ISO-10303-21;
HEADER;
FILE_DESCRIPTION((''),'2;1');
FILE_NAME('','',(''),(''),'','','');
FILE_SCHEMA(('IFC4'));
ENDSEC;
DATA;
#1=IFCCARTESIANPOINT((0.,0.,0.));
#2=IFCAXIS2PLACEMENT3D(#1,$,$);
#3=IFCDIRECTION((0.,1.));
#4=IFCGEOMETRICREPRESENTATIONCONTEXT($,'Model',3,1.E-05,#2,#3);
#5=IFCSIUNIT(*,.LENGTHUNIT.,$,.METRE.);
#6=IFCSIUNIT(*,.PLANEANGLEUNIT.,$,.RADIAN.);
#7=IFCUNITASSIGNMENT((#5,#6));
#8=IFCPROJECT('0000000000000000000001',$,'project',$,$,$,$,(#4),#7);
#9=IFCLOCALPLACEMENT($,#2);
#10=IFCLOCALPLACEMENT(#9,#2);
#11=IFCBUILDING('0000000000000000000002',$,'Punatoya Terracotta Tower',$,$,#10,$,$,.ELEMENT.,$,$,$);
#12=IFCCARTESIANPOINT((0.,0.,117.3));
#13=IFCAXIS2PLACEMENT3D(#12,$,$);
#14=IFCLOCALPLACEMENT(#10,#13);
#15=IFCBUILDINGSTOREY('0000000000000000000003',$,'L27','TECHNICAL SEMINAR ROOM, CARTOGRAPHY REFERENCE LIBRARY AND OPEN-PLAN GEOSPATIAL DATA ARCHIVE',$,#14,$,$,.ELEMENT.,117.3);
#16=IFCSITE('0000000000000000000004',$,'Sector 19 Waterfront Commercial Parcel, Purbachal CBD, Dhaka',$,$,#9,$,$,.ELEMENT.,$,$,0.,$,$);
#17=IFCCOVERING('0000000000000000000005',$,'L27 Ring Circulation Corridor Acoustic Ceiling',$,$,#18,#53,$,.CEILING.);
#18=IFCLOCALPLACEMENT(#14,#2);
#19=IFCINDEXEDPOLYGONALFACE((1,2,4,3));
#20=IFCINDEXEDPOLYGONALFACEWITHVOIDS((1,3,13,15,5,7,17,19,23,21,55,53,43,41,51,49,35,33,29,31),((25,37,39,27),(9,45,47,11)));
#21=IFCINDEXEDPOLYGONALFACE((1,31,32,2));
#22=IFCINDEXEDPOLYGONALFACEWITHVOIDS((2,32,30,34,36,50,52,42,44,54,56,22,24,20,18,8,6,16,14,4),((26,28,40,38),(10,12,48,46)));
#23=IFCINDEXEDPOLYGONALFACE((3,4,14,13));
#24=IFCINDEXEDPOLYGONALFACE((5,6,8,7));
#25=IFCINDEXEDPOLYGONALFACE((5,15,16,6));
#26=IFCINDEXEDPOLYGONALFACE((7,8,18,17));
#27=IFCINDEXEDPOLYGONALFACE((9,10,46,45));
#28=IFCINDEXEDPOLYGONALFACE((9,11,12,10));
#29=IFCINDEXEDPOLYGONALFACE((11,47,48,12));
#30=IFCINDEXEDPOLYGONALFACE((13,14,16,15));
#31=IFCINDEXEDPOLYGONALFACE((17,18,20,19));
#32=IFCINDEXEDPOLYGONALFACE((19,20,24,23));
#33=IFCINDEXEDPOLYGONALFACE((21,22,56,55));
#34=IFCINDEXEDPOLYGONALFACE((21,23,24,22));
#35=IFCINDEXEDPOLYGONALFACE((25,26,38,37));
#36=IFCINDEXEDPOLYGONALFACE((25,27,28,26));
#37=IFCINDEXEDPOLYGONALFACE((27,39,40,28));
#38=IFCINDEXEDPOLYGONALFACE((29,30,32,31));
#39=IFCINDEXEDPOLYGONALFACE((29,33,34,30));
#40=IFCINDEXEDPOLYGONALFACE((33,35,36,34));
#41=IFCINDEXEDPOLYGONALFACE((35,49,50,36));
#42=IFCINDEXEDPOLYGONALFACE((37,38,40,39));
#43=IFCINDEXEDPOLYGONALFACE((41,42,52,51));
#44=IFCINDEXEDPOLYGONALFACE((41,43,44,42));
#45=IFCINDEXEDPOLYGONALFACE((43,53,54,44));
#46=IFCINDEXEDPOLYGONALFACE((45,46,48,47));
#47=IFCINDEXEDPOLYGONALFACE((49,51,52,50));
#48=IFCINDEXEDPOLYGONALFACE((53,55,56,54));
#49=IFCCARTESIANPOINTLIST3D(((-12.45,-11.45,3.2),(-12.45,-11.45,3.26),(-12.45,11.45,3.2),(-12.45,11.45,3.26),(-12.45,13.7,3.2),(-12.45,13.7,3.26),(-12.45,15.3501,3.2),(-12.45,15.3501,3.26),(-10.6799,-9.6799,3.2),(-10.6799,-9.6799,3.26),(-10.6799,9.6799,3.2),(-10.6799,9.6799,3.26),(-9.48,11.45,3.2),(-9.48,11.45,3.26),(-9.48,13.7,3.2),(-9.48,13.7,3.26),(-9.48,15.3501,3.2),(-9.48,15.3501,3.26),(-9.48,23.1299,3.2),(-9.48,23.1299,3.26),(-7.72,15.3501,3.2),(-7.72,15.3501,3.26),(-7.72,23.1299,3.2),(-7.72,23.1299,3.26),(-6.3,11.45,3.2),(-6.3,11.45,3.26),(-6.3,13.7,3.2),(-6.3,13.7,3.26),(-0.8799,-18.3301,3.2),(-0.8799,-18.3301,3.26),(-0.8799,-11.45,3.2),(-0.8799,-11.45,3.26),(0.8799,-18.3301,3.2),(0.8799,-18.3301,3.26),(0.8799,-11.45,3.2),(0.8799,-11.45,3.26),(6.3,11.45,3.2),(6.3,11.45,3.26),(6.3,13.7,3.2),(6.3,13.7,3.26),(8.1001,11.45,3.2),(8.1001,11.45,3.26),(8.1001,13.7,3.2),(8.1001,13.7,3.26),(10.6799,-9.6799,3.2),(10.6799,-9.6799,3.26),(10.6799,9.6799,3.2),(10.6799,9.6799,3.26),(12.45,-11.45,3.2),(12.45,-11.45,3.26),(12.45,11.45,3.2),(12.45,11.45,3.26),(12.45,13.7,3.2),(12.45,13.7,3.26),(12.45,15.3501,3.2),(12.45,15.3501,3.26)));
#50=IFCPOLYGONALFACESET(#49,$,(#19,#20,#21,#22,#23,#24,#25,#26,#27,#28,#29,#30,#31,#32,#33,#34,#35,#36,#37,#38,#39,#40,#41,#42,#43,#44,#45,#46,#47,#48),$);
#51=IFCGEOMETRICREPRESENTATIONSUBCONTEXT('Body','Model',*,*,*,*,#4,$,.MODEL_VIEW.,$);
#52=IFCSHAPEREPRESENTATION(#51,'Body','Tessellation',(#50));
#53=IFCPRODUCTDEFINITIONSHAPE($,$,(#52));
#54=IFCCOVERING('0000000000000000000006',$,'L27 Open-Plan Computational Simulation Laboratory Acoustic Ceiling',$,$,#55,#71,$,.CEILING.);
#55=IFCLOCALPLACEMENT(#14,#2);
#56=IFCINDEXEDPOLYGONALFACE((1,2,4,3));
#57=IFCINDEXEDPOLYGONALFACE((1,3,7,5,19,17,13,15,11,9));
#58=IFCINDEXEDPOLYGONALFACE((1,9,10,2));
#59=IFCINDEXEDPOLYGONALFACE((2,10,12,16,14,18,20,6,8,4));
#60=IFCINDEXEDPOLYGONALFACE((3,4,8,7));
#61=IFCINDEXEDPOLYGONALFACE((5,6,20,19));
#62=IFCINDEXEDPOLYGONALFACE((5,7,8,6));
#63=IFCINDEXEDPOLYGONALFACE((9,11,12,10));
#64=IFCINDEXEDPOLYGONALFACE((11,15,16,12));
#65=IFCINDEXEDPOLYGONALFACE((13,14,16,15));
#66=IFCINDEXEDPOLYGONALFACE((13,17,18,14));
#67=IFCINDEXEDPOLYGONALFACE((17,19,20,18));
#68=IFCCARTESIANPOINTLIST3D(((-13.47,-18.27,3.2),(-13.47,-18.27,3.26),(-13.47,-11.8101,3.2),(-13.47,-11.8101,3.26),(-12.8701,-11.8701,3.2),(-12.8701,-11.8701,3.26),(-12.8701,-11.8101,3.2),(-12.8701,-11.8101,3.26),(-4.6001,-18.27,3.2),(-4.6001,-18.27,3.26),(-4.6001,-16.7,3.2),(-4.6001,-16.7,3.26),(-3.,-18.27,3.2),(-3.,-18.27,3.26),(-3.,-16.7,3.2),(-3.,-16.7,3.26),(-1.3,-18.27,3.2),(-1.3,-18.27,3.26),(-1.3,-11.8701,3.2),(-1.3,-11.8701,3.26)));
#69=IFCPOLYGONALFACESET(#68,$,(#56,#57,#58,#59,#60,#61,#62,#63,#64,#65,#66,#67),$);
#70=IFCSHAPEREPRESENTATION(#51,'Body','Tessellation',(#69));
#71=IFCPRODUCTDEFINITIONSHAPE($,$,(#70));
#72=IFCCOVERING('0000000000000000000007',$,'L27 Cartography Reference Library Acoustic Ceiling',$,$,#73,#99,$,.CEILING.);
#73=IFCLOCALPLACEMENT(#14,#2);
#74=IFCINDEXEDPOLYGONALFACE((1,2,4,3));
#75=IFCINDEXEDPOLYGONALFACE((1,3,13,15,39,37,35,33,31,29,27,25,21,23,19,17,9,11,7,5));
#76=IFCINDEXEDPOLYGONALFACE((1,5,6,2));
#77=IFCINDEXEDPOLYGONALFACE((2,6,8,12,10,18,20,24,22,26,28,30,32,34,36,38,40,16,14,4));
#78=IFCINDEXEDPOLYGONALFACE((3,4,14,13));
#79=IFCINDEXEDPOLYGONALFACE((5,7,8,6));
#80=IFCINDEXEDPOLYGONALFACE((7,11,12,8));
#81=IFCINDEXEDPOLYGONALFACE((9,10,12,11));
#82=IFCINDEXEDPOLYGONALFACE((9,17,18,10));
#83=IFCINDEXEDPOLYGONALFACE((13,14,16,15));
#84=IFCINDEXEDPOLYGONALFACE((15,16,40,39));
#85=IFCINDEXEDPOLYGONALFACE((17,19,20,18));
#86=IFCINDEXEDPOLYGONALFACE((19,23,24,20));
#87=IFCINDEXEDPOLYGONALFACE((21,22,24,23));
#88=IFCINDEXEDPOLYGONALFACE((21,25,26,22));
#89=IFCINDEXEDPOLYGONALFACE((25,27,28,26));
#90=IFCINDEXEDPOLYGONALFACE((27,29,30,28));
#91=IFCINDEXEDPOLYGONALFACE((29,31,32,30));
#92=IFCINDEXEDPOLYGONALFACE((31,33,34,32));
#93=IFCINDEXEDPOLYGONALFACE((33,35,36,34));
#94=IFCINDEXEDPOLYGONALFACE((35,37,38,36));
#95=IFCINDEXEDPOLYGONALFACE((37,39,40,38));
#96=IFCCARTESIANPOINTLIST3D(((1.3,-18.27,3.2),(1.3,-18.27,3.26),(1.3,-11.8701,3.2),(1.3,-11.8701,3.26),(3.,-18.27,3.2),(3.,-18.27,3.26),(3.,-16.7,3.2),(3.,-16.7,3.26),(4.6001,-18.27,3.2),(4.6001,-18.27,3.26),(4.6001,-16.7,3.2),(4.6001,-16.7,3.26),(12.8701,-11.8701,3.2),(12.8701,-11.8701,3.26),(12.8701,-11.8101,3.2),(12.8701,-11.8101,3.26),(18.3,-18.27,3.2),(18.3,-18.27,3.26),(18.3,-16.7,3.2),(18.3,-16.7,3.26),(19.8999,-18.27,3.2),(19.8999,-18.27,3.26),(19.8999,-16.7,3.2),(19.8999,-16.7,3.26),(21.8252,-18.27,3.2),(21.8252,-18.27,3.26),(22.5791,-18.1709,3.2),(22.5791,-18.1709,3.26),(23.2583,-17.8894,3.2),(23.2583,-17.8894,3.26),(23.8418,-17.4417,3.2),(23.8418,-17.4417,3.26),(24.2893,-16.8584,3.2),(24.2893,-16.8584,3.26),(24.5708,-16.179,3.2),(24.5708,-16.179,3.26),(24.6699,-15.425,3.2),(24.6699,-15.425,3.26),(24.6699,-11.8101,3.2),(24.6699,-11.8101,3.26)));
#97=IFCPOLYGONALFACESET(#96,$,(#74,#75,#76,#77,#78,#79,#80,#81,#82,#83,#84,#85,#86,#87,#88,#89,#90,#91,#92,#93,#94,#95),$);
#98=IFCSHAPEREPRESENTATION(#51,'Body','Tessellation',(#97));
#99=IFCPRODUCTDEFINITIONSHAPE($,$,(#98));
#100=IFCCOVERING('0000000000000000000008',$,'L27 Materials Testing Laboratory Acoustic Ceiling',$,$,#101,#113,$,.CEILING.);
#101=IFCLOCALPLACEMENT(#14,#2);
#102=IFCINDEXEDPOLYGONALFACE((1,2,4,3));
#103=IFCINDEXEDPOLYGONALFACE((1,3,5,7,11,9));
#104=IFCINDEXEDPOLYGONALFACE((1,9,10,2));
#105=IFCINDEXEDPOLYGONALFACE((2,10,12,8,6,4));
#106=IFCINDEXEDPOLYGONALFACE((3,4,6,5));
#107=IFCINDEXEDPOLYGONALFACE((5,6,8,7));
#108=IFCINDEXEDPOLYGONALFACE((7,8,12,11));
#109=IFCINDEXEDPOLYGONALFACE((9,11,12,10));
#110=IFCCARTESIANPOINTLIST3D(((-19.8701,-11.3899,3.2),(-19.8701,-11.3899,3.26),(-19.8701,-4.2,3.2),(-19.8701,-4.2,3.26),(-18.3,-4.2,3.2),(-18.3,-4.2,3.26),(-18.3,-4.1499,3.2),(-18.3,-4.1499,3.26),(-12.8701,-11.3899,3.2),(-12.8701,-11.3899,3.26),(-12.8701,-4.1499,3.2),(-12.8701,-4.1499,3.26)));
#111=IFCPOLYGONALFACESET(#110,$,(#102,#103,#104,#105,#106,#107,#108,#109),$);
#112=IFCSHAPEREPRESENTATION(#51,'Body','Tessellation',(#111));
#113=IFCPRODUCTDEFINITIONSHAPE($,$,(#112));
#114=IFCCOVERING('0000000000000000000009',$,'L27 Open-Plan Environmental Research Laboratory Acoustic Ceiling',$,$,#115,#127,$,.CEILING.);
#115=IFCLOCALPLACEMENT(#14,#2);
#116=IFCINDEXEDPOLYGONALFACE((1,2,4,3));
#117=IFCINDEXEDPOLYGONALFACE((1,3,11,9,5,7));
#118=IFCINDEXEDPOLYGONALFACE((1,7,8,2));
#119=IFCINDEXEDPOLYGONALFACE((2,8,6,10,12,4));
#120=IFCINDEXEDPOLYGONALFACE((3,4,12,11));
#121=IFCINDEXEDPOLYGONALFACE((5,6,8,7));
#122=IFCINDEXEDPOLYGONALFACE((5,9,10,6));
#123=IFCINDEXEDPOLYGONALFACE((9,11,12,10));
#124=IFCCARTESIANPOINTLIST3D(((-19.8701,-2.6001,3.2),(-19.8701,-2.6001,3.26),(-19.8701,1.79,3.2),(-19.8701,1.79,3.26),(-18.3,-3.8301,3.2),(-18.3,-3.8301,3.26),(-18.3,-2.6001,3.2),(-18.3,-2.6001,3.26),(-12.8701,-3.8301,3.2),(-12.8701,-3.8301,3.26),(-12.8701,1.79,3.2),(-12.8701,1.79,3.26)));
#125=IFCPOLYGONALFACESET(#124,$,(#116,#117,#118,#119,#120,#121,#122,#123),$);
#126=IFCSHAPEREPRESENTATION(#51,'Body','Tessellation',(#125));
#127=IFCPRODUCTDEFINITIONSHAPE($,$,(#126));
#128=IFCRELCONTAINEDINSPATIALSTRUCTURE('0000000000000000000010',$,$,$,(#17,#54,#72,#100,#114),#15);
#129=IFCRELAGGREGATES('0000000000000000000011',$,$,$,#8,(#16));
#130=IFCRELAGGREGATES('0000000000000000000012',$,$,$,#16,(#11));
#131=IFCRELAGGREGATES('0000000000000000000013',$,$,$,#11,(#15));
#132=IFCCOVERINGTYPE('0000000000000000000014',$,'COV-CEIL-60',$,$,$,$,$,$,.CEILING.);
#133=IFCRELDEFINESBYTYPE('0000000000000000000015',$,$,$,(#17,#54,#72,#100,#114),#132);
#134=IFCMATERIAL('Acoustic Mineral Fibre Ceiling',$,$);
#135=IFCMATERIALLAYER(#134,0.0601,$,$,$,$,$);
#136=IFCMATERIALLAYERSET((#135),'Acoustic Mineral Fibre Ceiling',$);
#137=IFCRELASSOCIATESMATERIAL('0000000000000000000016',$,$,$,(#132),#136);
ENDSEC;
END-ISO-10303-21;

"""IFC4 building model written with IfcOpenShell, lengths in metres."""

from ifc_helpers import new_model, si_unit, direction, frame, origin, place, context, subcontext, project, spatial, polyline, outline, extrude, material, layer, layer_set, type_object, element, save


model = new_model("IFC4")

# Units and contexts
model_context = context("Model", 3, precision=1e-05, world=origin(), true_north=direction((0.0, 1.0)))
body_context = subcontext(model_context, "Body", "Model", "MODEL_VIEW")
ifc_project = project(units=[si_unit("LENGTHUNIT", "METRE"), si_unit("PLANEANGLEUNIT", "RADIAN")], contexts=[model_context])

# Site, building, storey
site_placement = place(None, origin())
site = spatial("IfcSite", under=ifc_project, at=site_placement, Name="Sector 19 Waterfront Commercial Parcel, Purbachal CBD, Dhaka", CompositionType="ELEMENT", RefElevation=0.0)
building_placement = place(site_placement, origin())
building = spatial("IfcBuilding", under=site, at=building_placement, Name="Punatoya Terracotta Tower", CompositionType="ELEMENT")
storey_placement = place(building_placement, frame((0.0, 0.0, 117.3)))
storey = spatial("IfcBuildingStorey", under=building, at=storey_placement, Name="L27", Description="TECHNICAL SEMINAR ROOM, CARTOGRAPHY REFERENCE LIBRARY AND OPEN-PLAN GEOSPATIAL DATA ARCHIVE", CompositionType="ELEMENT", Elevation=117.3)

# Coverings
ifc_material_1 = material(Name="Acoustic Mineral Fibre Ceiling")
ifc_layer_1 = layer(ifc_material_1, 0.0601)
ifc_layer_set_1 = layer_set([ifc_layer_1], Name="Acoustic Mineral Fibre Ceiling")
covering_type = type_object("IfcCoveringType", Name="COV-CEIL-60", PredefinedType="CEILING", material=ifc_layer_set_1)
covering_1_placement = place(storey_placement, frame((0.0, 0.0, 3.2)))
element("IfcCovering", 1, at=covering_1_placement, inside=storey, type_object=covering_type, Name="L27 Ring Circulation Corridor Acoustic Ceiling", PredefinedType="CEILING", context=body_context, shape_type="SweptSolid", body=[
    extrude(outline(polyline([(0.8799, -18.3301), (0.8799, -11.45), (12.45, -11.45), (12.45, 11.45), (8.1001, 11.45), (8.1001, 13.7), (12.45, 13.7), (12.45, 15.3501), (-7.72, 15.3501), (-7.72, 23.1299), (-9.48, 23.1299), (-9.48, 15.3501), (-12.45, 15.3501), (-12.45, 13.7), (-9.48, 13.7), (-9.48, 11.45), (-12.45, 11.45), (-12.45, -11.45), (-0.8799, -11.45), (-0.8799, -18.3301), (0.8799, -18.3301)]), holes=[polyline([(-10.6799, -9.6799), (-10.6799, 9.6799), (10.6799, 9.6799), (10.6799, -9.6799), (-10.6799, -9.6799)]), polyline([(-6.3, 13.7), (6.3, 13.7), (6.3, 11.45), (-6.3, 11.45), (-6.3, 13.7)])]), origin(), (0.0, 0.0, 1.0), 0.0601),
])
covering_2_placement = place(storey_placement, frame((0.0, 0.0, 3.2)))
element("IfcCovering", 2, at=covering_2_placement, inside=storey, type_object=covering_type, Name="L27 Open-Plan Computational Simulation Laboratory Acoustic Ceiling", PredefinedType="CEILING", context=body_context, shape_type="SweptSolid", body=[
    extrude(outline(polyline([(-13.47, -11.8101), (-13.47, -18.27), (-4.6001, -18.27), (-4.6001, -16.7), (-3.0, -16.7), (-3.0, -18.27), (-1.3, -18.27), (-1.3, -11.8701), (-12.8701, -11.8701), (-12.8701, -11.8101), (-13.47, -11.8101)])), origin(), (0.0, 0.0, 1.0), 0.0601),
])
covering_3_placement = place(storey_placement, frame((0.0, 0.0, 3.2)))
element("IfcCovering", 3, at=covering_3_placement, inside=storey, type_object=covering_type, Name="L27 Cartography Reference Library Acoustic Ceiling", PredefinedType="CEILING", context=body_context, shape_type="SweptSolid", body=[
    extrude(outline(polyline([(3.0, -18.27), (3.0, -16.7), (4.6001, -16.7), (4.6001, -18.27), (18.3, -18.27), (18.3, -16.7), (19.8999, -16.7), (19.8999, -18.27), (21.8252, -18.27), (22.5791, -18.1709), (23.2583, -17.8894), (23.8418, -17.4417), (24.2893, -16.8584), (24.5708, -16.179), (24.6699, -15.425), (24.6699, -11.8101), (12.8701, -11.8101), (12.8701, -11.8701), (1.3, -11.8701), (1.3, -18.27), (3.0, -18.27)])), origin(), (0.0, 0.0, 1.0), 0.0601),
])
covering_4_placement = place(storey_placement, frame((0.0, 0.0, 3.2)))
element("IfcCovering", 4, at=covering_4_placement, inside=storey, type_object=covering_type, Name="L27 Materials Testing Laboratory Acoustic Ceiling", PredefinedType="CEILING", context=body_context, shape_type="SweptSolid", body=[
    extrude(outline(polyline([(-19.8701, -4.2), (-19.8701, -11.3899), (-12.8701, -11.3899), (-12.8701, -4.1499), (-18.3, -4.1499), (-18.3, -4.2), (-19.8701, -4.2)])), origin(), (0.0, 0.0, 1.0), 0.0601),
])
covering_5_placement = place(storey_placement, frame((0.0, 0.0, 3.2)))
element("IfcCovering", 5, at=covering_5_placement, inside=storey, type_object=covering_type, Name="L27 Open-Plan Environmental Research Laboratory Acoustic Ceiling", PredefinedType="CEILING", context=body_context, shape_type="SweptSolid", body=[
    extrude(outline(polyline([(-19.8701, 1.79), (-19.8701, -2.6001), (-18.3, -2.6001), (-18.3, -3.8301), (-12.8701, -3.8301), (-12.8701, 1.79), (-19.8701, 1.79)])), origin(), (0.0, 0.0, 1.0), 0.0601),
])

save(model, "model.ifc")
